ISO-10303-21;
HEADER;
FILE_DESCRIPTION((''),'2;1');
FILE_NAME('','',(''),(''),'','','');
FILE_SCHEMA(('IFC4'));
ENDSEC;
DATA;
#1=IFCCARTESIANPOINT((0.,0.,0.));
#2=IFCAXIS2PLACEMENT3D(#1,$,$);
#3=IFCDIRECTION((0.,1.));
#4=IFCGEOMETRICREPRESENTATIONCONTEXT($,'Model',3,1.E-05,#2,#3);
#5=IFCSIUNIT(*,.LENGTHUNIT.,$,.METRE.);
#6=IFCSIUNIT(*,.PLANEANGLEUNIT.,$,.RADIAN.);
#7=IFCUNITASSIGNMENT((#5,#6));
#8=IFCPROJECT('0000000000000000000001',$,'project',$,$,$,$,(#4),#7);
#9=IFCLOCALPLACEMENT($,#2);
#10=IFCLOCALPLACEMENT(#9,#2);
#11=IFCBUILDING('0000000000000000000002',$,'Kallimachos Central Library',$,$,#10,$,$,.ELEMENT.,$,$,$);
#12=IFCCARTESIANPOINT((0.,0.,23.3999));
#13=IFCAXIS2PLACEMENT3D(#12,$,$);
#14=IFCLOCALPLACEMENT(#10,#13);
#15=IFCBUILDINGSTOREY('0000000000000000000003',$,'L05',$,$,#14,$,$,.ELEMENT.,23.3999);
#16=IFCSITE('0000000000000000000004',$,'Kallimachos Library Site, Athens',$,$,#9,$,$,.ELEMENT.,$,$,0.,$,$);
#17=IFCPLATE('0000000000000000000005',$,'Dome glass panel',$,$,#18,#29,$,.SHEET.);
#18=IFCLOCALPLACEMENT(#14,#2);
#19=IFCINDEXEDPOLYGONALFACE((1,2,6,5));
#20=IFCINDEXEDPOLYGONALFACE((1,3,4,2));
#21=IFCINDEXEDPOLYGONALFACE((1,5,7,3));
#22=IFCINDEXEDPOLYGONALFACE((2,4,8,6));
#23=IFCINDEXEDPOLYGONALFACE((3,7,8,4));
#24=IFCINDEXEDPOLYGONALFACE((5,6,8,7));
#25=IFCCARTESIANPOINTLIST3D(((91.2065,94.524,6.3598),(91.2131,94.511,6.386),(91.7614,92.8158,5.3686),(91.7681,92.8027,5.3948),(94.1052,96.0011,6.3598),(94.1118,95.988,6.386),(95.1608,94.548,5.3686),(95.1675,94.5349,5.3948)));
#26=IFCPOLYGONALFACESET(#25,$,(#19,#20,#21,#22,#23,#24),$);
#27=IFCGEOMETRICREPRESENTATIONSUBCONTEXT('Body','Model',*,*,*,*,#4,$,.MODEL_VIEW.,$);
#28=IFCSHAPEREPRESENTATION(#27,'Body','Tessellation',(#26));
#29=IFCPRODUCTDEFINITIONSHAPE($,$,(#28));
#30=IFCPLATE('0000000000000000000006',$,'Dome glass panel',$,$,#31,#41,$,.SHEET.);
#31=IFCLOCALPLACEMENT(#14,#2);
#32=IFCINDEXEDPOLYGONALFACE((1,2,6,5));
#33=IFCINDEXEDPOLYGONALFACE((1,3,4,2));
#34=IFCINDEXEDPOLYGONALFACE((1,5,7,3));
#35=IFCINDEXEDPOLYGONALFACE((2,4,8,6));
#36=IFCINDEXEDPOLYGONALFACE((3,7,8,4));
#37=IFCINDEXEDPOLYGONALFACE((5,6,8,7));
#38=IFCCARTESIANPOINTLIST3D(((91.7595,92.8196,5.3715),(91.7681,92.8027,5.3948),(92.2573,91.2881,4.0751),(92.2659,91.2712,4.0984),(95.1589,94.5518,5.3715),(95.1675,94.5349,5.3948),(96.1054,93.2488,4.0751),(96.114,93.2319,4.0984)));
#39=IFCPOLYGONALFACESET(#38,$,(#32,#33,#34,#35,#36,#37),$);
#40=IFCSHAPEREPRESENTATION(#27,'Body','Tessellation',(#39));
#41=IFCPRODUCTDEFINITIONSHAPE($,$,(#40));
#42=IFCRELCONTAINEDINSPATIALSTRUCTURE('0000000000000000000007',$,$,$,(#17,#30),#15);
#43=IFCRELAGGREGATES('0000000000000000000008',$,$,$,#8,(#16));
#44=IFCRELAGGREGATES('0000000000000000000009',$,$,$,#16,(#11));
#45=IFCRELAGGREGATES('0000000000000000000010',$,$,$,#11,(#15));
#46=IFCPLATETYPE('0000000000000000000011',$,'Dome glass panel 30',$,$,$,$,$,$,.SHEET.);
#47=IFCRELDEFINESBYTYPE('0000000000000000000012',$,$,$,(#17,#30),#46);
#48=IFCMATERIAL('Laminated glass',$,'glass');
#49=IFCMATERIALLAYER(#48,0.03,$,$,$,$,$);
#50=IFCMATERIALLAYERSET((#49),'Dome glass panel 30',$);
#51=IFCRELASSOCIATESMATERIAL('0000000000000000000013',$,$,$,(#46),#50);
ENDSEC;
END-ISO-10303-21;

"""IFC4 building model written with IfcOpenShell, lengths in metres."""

from ifc_helpers import new_model, si_unit, direction, frame, origin, place, context, subcontext, project, spatial, polyline, outline, extrude, material, layer, layer_set, type_object, element, save


model = new_model("IFC4")

# Units and contexts
model_context = context("Model", 3, precision=1e-05, world=origin(), true_north=direction((0.0, 1.0)))
body_context = subcontext(model_context, "Body", "Model", "MODEL_VIEW")
ifc_project = project(units=[si_unit("LENGTHUNIT", "METRE"), si_unit("PLANEANGLEUNIT", "RADIAN")], contexts=[model_context])

# Site, building, storey
site_placement = place(None, origin())
site = spatial("IfcSite", under=ifc_project, at=site_placement, Name="Kallimachos Library Site, Athens", CompositionType="ELEMENT", RefElevation=0.0)
building_placement = place(site_placement, origin())
building = spatial("IfcBuilding", under=site, at=building_placement, Name="Kallimachos Central Library", CompositionType="ELEMENT")
storey_placement = place(building_placement, frame((0.0, 0.0, 23.3999)))
storey = spatial("IfcBuildingStorey", under=building, at=storey_placement, Name="L05", CompositionType="ELEMENT", Elevation=23.3999)

# Plates
ifc_material_1 = material(Name="Laminated glass", Category="glass")
ifc_layer = layer(ifc_material_1, 0.03)
ifc_layer_set = layer_set([ifc_layer], Name="Dome glass panel 30")
plate_type = type_object("IfcPlateType", Name="Dome glass panel 30", PredefinedType="SHEET", material=ifc_layer_set)
plate_1_placement = place(storey_placement, frame((91.2131, 94.511, 6.386), z_axis=(0.221452, -0.434599, 0.872973), x_axis=(0.270504, -0.832693, -0.483166)))
element("IfcPlate", 1, at=plate_1_placement, inside=storey, type_object=plate_type, Name="Dome glass panel", PredefinedType="SHEET", context=body_context, shape_type="SweptSolid", body=[
    extrude(outline(polyline([(0.0, 0.0), (2.0515, 0.0), (1.5287, 3.7793), (-0.4458, 3.2226), (0.0, 0.0)])), origin(), (0.0, 0.0, -1.0), 0.03),
])
plate_2_placement = place(storey_placement, frame((91.7681, 92.8027, 5.3948), z_axis=(0.28682, -0.562907, 0.775158), x_axis=(0.240799, -0.740813, -0.627066)))
element("IfcPlate", 2, at=plate_2_placement, inside=storey, type_object=plate_type, Name="Dome glass panel", PredefinedType="SHEET", context=body_context, shape_type="SweptSolid", body=[
    extrude(outline(polyline([(0.0, 0.0), (2.0673, 0.0), (1.5415, 4.2867), (-0.4646, 3.7869), (0.0, 0.0)])), origin(), (0.0, 0.0, -1.0), 0.03),
])

save(model, "model.ifc")
